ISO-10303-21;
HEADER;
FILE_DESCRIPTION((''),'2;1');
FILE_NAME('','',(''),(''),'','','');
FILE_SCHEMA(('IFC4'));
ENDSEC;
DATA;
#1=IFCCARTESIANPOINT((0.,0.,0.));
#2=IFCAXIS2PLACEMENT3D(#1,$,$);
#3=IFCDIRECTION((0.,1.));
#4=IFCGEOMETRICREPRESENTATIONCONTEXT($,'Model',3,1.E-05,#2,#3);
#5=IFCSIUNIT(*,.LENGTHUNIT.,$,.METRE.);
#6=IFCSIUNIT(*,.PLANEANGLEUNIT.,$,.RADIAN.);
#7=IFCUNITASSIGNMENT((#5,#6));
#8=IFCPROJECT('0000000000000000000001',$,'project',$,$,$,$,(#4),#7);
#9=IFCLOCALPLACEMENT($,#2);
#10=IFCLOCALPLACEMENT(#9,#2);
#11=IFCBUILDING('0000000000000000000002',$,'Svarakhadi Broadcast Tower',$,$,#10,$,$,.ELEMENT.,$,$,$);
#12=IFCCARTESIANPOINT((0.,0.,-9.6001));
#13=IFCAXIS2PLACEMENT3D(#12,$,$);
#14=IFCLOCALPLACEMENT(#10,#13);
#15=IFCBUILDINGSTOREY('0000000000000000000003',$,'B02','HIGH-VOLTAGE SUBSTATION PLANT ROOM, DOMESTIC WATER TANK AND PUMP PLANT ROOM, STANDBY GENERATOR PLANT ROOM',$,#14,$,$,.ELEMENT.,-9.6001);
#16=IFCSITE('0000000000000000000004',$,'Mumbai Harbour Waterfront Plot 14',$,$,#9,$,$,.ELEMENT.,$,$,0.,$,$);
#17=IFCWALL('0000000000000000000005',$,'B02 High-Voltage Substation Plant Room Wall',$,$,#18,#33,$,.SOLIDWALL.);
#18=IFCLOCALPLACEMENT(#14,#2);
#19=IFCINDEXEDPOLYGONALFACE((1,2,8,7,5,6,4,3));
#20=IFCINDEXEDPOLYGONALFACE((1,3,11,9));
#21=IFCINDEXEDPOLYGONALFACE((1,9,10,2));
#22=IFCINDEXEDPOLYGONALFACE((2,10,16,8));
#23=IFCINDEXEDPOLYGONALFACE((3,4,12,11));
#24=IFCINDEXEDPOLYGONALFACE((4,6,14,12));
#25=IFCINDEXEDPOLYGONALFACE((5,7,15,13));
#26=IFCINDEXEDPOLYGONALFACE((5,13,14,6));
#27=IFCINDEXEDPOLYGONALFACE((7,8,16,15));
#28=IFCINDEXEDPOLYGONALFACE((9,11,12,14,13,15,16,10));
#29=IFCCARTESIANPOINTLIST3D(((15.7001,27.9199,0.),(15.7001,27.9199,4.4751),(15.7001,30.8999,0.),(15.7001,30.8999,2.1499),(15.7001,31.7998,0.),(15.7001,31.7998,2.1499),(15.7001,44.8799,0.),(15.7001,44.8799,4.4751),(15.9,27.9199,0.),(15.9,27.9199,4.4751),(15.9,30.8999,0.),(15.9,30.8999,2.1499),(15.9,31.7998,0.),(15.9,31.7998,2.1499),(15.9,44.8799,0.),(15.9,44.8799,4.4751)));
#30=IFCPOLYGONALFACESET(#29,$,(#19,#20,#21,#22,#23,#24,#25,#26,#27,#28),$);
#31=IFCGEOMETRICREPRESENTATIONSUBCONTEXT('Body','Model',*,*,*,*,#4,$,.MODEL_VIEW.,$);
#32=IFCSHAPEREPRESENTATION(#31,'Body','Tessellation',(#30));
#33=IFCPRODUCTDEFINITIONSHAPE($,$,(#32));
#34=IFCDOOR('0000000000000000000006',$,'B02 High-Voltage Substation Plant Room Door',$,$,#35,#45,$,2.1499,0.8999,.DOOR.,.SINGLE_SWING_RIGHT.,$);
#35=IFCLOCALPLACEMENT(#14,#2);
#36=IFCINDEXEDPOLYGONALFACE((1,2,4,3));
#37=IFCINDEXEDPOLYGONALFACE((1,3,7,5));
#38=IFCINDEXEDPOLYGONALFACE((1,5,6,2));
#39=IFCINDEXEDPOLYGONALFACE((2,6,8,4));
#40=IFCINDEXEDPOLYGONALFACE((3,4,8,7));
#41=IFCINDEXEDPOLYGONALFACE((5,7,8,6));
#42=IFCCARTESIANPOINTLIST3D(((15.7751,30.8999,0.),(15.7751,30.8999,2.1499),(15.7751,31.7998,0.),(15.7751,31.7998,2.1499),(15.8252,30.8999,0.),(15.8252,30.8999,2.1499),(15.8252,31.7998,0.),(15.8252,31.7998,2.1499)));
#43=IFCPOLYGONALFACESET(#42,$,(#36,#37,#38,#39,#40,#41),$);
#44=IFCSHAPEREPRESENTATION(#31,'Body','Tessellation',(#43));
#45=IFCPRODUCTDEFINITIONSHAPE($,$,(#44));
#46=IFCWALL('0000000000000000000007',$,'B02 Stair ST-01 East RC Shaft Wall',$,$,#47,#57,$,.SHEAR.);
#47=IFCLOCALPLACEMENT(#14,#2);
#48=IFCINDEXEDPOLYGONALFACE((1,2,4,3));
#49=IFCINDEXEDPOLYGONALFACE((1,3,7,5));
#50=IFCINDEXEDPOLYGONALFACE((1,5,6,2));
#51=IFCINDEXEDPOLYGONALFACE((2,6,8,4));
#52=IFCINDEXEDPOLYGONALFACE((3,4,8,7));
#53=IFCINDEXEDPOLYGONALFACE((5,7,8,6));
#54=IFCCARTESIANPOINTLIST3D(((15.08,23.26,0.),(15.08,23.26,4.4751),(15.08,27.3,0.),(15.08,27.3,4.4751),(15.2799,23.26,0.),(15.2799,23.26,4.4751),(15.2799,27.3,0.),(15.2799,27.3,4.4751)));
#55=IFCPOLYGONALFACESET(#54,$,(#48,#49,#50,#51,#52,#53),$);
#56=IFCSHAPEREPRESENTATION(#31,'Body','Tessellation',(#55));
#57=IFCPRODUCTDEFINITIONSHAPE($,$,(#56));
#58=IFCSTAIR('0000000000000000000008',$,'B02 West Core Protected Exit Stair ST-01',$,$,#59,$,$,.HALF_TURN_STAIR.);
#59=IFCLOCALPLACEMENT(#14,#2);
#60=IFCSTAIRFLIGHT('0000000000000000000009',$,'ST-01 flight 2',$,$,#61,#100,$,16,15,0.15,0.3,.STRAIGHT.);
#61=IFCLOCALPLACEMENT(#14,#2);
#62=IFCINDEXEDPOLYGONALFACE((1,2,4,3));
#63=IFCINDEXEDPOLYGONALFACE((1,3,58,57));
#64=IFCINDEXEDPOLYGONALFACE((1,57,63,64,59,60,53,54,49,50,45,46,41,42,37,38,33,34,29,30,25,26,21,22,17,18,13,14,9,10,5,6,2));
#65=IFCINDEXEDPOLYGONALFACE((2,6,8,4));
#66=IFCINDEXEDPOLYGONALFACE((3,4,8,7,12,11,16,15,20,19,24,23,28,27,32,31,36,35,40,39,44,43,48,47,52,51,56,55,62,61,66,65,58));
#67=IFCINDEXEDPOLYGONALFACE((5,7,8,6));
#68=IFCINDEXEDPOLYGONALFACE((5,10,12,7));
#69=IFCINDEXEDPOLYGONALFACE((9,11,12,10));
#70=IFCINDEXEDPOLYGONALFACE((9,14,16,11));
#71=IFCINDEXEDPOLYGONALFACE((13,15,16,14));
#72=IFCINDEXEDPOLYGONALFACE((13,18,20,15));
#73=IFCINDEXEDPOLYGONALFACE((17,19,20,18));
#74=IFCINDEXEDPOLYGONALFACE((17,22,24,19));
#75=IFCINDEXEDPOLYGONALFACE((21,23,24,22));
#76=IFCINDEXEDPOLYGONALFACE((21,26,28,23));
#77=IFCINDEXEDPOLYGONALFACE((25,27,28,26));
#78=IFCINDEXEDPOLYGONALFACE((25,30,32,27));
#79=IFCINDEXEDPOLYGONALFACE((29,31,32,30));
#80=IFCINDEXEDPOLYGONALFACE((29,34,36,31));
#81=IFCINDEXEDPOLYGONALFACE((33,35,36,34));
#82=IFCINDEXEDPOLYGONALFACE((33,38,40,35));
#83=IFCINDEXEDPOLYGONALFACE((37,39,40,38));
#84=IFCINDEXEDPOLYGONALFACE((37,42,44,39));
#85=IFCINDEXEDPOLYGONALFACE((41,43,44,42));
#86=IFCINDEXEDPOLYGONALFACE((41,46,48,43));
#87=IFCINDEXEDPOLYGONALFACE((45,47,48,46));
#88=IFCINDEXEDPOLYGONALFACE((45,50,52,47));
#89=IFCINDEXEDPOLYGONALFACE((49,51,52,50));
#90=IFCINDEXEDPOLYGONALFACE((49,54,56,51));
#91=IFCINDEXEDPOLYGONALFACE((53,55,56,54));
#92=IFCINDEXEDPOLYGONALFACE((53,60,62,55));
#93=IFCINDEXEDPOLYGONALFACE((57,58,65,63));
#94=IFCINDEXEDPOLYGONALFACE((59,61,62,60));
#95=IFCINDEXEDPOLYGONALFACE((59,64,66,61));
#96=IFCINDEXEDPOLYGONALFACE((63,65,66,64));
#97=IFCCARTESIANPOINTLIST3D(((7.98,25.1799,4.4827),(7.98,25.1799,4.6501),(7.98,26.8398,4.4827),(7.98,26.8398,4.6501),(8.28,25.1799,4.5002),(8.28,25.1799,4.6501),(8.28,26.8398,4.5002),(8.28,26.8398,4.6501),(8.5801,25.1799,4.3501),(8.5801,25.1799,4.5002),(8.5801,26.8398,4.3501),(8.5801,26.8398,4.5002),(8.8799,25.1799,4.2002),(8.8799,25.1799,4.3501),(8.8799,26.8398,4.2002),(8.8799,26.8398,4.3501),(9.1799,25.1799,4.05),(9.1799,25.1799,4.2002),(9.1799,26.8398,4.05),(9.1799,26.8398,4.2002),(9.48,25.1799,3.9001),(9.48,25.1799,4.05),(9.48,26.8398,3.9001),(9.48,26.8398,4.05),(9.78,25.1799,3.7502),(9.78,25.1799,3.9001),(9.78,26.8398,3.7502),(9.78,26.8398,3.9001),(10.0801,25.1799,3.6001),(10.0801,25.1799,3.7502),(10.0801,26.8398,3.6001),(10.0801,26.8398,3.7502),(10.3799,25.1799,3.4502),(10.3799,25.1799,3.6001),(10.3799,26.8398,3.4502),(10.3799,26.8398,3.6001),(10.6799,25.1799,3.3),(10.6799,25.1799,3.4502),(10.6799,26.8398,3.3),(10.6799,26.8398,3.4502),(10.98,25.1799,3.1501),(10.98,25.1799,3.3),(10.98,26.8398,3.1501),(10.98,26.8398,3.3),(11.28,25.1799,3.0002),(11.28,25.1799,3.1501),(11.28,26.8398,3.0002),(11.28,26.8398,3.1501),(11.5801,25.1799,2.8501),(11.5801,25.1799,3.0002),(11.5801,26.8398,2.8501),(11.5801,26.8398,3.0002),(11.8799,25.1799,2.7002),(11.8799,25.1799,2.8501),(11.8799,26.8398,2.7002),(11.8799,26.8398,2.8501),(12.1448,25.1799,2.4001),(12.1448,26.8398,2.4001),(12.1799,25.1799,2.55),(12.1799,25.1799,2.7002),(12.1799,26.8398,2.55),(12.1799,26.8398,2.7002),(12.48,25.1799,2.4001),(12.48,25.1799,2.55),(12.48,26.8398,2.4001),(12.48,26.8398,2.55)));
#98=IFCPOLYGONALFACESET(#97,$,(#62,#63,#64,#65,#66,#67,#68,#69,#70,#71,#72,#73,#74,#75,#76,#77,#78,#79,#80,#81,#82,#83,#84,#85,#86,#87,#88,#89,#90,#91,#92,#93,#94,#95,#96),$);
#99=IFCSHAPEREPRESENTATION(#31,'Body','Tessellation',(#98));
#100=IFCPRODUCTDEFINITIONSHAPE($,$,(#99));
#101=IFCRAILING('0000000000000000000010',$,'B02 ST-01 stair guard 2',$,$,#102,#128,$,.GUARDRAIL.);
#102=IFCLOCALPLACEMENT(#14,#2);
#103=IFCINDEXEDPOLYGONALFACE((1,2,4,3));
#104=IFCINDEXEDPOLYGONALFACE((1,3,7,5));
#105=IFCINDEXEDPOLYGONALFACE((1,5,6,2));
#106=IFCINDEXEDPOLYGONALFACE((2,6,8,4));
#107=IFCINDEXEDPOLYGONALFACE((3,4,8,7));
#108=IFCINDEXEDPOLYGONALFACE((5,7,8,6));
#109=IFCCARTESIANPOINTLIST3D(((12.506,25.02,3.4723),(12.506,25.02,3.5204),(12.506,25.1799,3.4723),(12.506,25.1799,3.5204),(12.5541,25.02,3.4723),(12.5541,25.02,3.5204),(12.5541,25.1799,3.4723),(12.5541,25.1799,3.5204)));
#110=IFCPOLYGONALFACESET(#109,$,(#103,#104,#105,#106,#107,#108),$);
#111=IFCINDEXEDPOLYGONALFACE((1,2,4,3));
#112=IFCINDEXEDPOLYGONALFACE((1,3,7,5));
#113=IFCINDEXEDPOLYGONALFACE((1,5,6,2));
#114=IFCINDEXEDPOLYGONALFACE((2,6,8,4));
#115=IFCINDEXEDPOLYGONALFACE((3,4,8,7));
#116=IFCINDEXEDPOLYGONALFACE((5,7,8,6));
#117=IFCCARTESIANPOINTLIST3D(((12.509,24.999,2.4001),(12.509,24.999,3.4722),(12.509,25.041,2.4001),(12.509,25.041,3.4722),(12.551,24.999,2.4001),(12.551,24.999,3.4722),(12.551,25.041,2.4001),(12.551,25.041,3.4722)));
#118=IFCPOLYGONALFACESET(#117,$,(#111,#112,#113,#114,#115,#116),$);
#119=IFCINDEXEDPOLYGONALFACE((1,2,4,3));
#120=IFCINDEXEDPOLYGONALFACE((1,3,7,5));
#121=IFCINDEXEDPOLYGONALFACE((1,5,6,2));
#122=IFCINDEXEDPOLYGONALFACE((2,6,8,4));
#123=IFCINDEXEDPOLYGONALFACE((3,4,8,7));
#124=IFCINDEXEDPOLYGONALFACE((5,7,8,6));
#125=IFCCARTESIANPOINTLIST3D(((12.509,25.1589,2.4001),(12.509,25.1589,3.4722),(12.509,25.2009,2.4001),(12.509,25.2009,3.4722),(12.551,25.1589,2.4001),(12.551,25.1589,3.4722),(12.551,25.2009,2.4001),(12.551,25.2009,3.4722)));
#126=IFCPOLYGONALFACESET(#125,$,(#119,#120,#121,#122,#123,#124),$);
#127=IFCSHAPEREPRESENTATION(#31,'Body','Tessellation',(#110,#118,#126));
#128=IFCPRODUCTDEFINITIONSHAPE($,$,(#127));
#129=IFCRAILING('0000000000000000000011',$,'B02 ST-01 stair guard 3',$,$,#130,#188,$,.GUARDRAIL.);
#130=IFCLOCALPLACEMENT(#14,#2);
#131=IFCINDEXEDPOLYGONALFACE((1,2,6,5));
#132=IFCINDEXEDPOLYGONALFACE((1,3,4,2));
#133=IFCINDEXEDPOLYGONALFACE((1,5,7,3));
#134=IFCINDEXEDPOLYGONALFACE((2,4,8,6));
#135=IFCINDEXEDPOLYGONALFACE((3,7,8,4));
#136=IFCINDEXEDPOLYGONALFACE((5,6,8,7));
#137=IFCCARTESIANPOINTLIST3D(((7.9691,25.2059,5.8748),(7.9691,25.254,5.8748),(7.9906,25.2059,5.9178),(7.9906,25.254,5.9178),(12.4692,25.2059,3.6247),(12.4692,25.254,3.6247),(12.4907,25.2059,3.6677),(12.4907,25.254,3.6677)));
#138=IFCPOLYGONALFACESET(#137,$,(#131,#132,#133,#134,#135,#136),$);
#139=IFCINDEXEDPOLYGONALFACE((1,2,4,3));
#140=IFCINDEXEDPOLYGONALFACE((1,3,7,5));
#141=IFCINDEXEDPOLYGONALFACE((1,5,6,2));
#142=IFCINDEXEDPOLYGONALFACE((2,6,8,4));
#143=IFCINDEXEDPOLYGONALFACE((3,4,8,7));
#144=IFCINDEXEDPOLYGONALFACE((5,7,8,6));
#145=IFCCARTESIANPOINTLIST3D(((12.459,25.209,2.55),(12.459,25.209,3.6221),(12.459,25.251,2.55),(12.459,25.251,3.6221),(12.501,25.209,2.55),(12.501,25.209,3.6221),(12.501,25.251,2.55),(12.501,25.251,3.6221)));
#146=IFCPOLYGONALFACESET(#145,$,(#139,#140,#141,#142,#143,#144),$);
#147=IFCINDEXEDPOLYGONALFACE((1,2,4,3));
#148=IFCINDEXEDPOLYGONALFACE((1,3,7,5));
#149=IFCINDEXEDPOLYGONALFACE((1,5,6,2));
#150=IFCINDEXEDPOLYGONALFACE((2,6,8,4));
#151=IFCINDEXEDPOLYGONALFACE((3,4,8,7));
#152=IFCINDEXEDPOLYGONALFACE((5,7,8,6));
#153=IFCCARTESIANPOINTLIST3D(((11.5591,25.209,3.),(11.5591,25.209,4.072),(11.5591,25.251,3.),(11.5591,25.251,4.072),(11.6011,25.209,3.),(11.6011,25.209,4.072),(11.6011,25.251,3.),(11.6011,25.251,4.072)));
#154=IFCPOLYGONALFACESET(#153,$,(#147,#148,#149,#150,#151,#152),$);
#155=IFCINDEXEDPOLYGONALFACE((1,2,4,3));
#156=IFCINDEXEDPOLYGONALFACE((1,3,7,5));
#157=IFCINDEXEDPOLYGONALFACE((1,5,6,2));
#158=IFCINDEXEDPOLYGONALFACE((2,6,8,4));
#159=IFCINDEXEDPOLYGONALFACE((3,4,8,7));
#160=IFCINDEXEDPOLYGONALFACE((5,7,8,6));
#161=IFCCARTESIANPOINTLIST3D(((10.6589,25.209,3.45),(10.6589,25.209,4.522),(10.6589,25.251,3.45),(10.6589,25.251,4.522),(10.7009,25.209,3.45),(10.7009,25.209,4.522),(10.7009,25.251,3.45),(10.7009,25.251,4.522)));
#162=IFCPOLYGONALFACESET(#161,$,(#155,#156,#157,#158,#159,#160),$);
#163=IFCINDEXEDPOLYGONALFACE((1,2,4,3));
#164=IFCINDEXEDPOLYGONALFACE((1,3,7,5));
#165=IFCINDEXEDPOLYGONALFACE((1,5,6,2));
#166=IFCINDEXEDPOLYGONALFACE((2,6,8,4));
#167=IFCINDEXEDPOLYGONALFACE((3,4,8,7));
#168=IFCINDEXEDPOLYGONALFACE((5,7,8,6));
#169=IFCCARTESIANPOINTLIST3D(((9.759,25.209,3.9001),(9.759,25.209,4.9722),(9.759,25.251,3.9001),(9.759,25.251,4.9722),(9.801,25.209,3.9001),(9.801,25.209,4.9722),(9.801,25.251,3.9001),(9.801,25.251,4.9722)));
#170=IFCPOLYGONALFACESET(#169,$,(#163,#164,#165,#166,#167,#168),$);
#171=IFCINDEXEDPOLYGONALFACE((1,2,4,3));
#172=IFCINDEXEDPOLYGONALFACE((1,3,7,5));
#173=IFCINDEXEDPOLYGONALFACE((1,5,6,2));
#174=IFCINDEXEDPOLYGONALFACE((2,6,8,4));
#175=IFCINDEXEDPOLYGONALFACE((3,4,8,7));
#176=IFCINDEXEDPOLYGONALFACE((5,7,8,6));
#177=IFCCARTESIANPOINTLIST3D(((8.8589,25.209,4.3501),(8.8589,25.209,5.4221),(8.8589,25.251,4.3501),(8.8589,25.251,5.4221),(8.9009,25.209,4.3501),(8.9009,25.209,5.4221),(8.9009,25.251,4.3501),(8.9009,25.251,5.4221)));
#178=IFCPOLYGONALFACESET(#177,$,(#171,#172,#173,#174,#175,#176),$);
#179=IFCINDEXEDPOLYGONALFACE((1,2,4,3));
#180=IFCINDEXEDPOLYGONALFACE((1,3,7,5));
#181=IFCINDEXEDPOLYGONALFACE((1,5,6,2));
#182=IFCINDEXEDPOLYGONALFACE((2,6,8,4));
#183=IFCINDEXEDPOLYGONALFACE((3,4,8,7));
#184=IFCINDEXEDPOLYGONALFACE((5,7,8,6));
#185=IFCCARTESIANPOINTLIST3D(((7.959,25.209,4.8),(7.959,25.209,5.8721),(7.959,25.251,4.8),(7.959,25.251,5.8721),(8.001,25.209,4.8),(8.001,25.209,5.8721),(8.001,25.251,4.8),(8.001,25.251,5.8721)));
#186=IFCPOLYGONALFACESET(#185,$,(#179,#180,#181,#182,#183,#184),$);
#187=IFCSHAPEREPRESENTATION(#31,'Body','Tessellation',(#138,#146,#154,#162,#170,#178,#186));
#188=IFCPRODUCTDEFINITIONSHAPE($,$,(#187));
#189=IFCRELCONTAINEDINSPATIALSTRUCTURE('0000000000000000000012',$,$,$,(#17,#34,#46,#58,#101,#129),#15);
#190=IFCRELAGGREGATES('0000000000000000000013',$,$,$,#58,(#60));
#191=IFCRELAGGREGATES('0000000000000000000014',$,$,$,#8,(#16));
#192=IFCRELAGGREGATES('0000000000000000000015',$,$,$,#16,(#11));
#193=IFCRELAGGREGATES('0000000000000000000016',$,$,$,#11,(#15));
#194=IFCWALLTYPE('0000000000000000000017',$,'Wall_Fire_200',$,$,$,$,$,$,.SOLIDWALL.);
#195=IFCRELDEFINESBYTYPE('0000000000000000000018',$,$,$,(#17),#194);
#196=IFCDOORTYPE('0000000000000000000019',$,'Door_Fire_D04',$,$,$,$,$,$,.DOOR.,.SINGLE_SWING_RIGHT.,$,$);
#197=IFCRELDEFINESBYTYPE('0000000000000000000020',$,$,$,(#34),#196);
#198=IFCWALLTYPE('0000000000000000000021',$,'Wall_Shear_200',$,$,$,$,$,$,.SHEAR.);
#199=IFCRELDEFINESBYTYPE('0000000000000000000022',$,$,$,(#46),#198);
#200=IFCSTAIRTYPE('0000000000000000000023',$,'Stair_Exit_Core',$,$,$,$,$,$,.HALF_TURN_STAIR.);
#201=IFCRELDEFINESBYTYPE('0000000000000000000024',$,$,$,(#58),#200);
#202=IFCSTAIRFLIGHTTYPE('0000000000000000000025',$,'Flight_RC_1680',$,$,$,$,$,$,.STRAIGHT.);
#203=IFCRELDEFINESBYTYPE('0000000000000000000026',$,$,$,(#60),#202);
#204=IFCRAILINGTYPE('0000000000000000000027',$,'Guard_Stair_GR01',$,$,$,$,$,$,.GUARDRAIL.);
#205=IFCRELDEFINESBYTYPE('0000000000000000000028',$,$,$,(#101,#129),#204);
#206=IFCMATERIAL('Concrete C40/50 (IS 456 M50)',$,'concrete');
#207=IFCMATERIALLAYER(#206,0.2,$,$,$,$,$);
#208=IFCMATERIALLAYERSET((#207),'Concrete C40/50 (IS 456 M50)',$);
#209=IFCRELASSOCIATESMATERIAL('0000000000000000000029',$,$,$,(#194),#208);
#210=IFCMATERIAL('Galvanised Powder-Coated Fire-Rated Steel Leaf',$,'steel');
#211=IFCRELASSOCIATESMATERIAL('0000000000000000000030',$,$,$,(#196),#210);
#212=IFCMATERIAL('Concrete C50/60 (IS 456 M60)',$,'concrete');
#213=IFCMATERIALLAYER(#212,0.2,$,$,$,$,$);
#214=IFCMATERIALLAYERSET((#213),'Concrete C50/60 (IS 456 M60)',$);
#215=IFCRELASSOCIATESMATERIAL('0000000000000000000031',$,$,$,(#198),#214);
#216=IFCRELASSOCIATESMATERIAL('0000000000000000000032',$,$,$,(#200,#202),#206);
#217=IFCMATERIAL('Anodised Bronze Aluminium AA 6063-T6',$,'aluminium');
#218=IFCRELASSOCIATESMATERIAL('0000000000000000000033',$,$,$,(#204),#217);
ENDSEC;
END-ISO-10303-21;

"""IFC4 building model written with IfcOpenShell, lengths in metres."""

from ifc_helpers import new_model, si_unit, direction, frame, frame_2d, origin, origin_2d, place, context, subcontext, project, spatial, polyline, rectangle, outline, extrude, material, layer, layer_set, type_object, element, fill, aggregate, save


model = new_model("IFC4")

# Units and contexts
model_context = context("Model", 3, precision=1e-05, world=origin(), true_north=direction((0.0, 1.0)))
body_context = subcontext(model_context, "Body", "Model", "MODEL_VIEW")
ifc_project = project(units=[si_unit("LENGTHUNIT", "METRE"), si_unit("PLANEANGLEUNIT", "RADIAN")], contexts=[model_context])

# Site, building, storey
site_placement = place(None, origin())
site = spatial("IfcSite", under=ifc_project, at=site_placement, Name="Mumbai Harbour Waterfront Plot 14", CompositionType="ELEMENT", RefElevation=0.0)
building_placement = place(site_placement, origin())
building = spatial("IfcBuilding", under=site, at=building_placement, Name="Svarakhadi Broadcast Tower", CompositionType="ELEMENT")
storey_placement = place(building_placement, frame((0.0, 0.0, -9.6001)))
storey = spatial("IfcBuildingStorey", under=building, at=storey_placement, Name="B02", Description="HIGH-VOLTAGE SUBSTATION PLANT ROOM, DOMESTIC WATER TANK AND PUMP PLANT ROOM, STANDBY GENERATOR PLANT ROOM", CompositionType="ELEMENT", Elevation=-9.6001)

# Shared definitions
ifc_material_1 = material(Name="Concrete C50/60 (IS 456 M60)", Category="concrete")

# Shared definitions
ifc_material_2 = material(Name="Concrete C40/50 (IS 456 M50)", Category="concrete")
ifc_layer_1 = layer(ifc_material_2, 0.2)
ifc_layer_set_1 = layer_set([ifc_layer_1], Name="Concrete C40/50 (IS 456 M50)")
wall_type_1 = type_object("IfcWallType", Name="Wall_Fire_200", PredefinedType="SOLIDWALL", material=ifc_layer_set_1)

# Wall, opening, door
wall_1_placement = place(storey_placement, frame((15.8, 27.9199, 0.0), z_axis=(0.0, 0.0, 1.0), x_axis=(0.0, 1.0, 0.0)))
wall_1 = element("IfcWall", 1, at=wall_1_placement, inside=storey, type_object=wall_type_1, Name="B02 High-Voltage Substation Plant Room Wall", PredefinedType="SOLIDWALL", context=body_context, shape_type="SweptSolid", body=[
    extrude(rectangle(XDim=16.96, YDim=0.2, at=frame_2d((8.48, 0.0))), origin(), (0.0, 0.0, 1.0), 4.4751),
])
opening_1_placement = place(wall_1_placement, frame((2.98, 0.0, 0.0)))
opening_1 = element("IfcOpeningElement", 2, at=opening_1_placement, cuts=wall_1, PredefinedType="OPENING", context=body_context, shape_type="SweptSolid", body=[
    extrude(rectangle(XDim=0.8999, YDim=2.1499, at=frame_2d((0.45, 1.075))), frame((0.0, 0.1099, 0.0), z_axis=(0.0, -1.0, 0.0), x_axis=(1.0, 0.0, 0.0)), (0.0, 0.0, 1.0), 0.22),
])
ifc_material_3 = material(Name="Galvanised Powder-Coated Fire-Rated Steel Leaf", Category="steel")
door_type = type_object("IfcDoorType", Name="Door_Fire_D04", OperationType="SINGLE_SWING_RIGHT", PredefinedType="DOOR", material=ifc_material_3)
door_1_placement = place(opening_1_placement, origin())
door_1 = element("IfcDoor", 3, at=door_1_placement, inside=storey, type_object=door_type, Name="B02 High-Voltage Substation Plant Room Door", OperationType="SINGLE_SWING_RIGHT", OverallHeight=2.1499, OverallWidth=0.8999, PredefinedType="DOOR", context=body_context, shape_type="SweptSolid", body=[
    extrude(rectangle(XDim=0.8999, YDim=2.1499, at=frame_2d((0.45, 1.075))), frame((0.0, 0.0249, 0.0), z_axis=(0.0, -1.0, 0.0), x_axis=(1.0, 0.0, 0.0)), (0.0, 0.0, 1.0), 0.05),
])
fill(opening_1, door_1)

# Wall
ifc_layer_2 = layer(ifc_material_1, 0.2)
ifc_layer_set_2 = layer_set([ifc_layer_2], Name="Concrete C50/60 (IS 456 M60)")
wall_type_2 = type_object("IfcWallType", Name="Wall_Shear_200", PredefinedType="SHEAR", material=ifc_layer_set_2)
wall_2_placement = place(storey_placement, frame((15.1799, 23.26, 0.0), z_axis=(0.0, 0.0, 1.0), x_axis=(0.0, 1.0, 0.0)))
element("IfcWall", 4, at=wall_2_placement, inside=storey, type_object=wall_type_2, Name="B02 Stair ST-01 East RC Shaft Wall", PredefinedType="SHEAR", context=body_context, shape_type="SweptSolid", body=[
    extrude(rectangle(XDim=4.04, YDim=0.2, at=frame_2d((2.02, 0.0))), origin(), (0.0, 0.0, 1.0), 4.4751),
])

# Stair, stair flight
stair_type = type_object("IfcStairType", Name="Stair_Exit_Core", PredefinedType="HALF_TURN_STAIR", material=ifc_material_2)
stair_placement = place(storey_placement, origin())
stair = element("IfcStair", 5, at=stair_placement, inside=storey, type_object=stair_type, Name="B02 West Core Protected Exit Stair ST-01", PredefinedType="HALF_TURN_STAIR")
stair_flight_type = type_object("IfcStairFlightType", Name="Flight_RC_1680", PredefinedType="STRAIGHT", material=ifc_material_2)
stair_flight_placement = place(storey_placement, frame((12.48, 26.01, 2.4001), z_axis=(0.0, 0.0, 1.0), x_axis=(-1.0, 0.0, 0.0)))
stair_flight = element("IfcStairFlight", 6, at=stair_flight_placement, type_object=stair_flight_type, Name="ST-01 flight 2", NumberOfRisers=16, NumberOfTreads=15, PredefinedType="STRAIGHT", RiserHeight=0.15, TreadLength=0.3, context=body_context, shape_type="SweptSolid", body=[
    extrude(outline(polyline([(0.0, 0.0), (0.0, 0.1499), (0.3, 0.1499), (0.3, 0.3), (0.6001, 0.3), (0.6001, 0.45), (0.8999, 0.45), (0.8999, 0.6001), (1.2, 0.6001), (1.2, 0.75), (1.5, 0.75), (1.5, 0.8999), (1.8, 0.8999), (1.8, 1.05), (2.1001, 1.05), (2.1001, 1.2), (2.3999, 1.2), (2.3999, 1.3501), (2.7, 1.3501), (2.7, 1.5), (3.0, 1.5), (3.0, 1.6499), (3.3, 1.6499), (3.3, 1.8), (3.6001, 1.8), (3.6001, 1.95), (3.8999, 1.95), (3.8999, 2.1001), (4.2, 2.1001), (4.2, 2.25), (4.5, 2.25), (4.5, 2.3999), (4.5, 2.0825), (0.3352, 0.0), (0.0, 0.0)])), frame((0.0, 0.8301, 0.0), z_axis=(0.0, -1.0, 0.0), x_axis=(1.0, 0.0, 0.0)), (0.0, 0.0, 1.0), 1.6599),
])
aggregate(stair, [stair_flight])

# Railings
ifc_material_4 = material(Name="Anodised Bronze Aluminium AA 6063-T6", Category="aluminium")
railing_type_1 = type_object("IfcRailingType", Name="Guard_Stair_GR01", PredefinedType="GUARDRAIL", material=ifc_material_4)
railing_1_placement = place(storey_placement, frame((12.53, 25.02, 2.4001)))
element("IfcRailing", 7, at=railing_1_placement, inside=storey, type_object=railing_type_1, Name="B02 ST-01 stair guard 2", PredefinedType="GUARDRAIL", context=body_context, shape_type="SweptSolid", body=[
    extrude(rectangle(XDim=0.0481, YDim=0.0481, at=origin_2d()), frame((0.0, 0.0, 1.0962), z_axis=(0.0, 1.0, 0.0), x_axis=(-1.0, 0.0, 0.0)), (0.0, 0.0, 1.0), 0.1599),
    extrude(rectangle(XDim=0.042, YDim=0.042, at=origin_2d()), origin(), (0.0, 0.0, 1.0), 1.072),
    extrude(rectangle(XDim=0.042, YDim=0.042, at=origin_2d()), frame((0.0, 0.1599, 0.0)), (0.0, 0.0, 1.0), 1.072),
])
railing_2_placement = place(storey_placement, frame((12.48, 25.23, 2.55)))
element("IfcRailing", 8, at=railing_2_placement, inside=storey, type_object=railing_type_1, Name="B02 ST-01 stair guard 3", PredefinedType="GUARDRAIL", context=body_context, shape_type="SweptSolid", body=[
    extrude(rectangle(XDim=0.0481, YDim=0.0481, at=origin_2d()), frame((0.0, 0.0, 1.0962), z_axis=(-0.894427, 0.0, 0.447214), x_axis=(0.0, -1.0, 0.0)), (0.0, 0.0, 1.0), 5.0312),
    extrude(rectangle(XDim=0.042, YDim=0.042, at=origin_2d()), origin(), (0.0, 0.0, 1.0), 1.072),
    extrude(rectangle(XDim=0.042, YDim=0.042, at=origin_2d()), frame((-0.8999, 0.0, 0.45)), (0.0, 0.0, 1.0), 1.072),
    extrude(rectangle(XDim=0.042, YDim=0.042, at=origin_2d()), frame((-1.8, 0.0, 0.8999)), (0.0, 0.0, 1.0), 1.072),
    extrude(rectangle(XDim=0.042, YDim=0.042, at=origin_2d()), frame((-2.7, 0.0, 1.3501)), (0.0, 0.0, 1.0), 1.072),
    extrude(rectangle(XDim=0.042, YDim=0.042, at=origin_2d()), frame((-3.6001, 0.0, 1.8)), (0.0, 0.0, 1.0), 1.072),
    extrude(rectangle(XDim=0.042, YDim=0.042, at=origin_2d()), frame((-4.5, 0.0, 2.25)), (0.0, 0.0, 1.0), 1.072),
])

save(model, "model.ifc")
